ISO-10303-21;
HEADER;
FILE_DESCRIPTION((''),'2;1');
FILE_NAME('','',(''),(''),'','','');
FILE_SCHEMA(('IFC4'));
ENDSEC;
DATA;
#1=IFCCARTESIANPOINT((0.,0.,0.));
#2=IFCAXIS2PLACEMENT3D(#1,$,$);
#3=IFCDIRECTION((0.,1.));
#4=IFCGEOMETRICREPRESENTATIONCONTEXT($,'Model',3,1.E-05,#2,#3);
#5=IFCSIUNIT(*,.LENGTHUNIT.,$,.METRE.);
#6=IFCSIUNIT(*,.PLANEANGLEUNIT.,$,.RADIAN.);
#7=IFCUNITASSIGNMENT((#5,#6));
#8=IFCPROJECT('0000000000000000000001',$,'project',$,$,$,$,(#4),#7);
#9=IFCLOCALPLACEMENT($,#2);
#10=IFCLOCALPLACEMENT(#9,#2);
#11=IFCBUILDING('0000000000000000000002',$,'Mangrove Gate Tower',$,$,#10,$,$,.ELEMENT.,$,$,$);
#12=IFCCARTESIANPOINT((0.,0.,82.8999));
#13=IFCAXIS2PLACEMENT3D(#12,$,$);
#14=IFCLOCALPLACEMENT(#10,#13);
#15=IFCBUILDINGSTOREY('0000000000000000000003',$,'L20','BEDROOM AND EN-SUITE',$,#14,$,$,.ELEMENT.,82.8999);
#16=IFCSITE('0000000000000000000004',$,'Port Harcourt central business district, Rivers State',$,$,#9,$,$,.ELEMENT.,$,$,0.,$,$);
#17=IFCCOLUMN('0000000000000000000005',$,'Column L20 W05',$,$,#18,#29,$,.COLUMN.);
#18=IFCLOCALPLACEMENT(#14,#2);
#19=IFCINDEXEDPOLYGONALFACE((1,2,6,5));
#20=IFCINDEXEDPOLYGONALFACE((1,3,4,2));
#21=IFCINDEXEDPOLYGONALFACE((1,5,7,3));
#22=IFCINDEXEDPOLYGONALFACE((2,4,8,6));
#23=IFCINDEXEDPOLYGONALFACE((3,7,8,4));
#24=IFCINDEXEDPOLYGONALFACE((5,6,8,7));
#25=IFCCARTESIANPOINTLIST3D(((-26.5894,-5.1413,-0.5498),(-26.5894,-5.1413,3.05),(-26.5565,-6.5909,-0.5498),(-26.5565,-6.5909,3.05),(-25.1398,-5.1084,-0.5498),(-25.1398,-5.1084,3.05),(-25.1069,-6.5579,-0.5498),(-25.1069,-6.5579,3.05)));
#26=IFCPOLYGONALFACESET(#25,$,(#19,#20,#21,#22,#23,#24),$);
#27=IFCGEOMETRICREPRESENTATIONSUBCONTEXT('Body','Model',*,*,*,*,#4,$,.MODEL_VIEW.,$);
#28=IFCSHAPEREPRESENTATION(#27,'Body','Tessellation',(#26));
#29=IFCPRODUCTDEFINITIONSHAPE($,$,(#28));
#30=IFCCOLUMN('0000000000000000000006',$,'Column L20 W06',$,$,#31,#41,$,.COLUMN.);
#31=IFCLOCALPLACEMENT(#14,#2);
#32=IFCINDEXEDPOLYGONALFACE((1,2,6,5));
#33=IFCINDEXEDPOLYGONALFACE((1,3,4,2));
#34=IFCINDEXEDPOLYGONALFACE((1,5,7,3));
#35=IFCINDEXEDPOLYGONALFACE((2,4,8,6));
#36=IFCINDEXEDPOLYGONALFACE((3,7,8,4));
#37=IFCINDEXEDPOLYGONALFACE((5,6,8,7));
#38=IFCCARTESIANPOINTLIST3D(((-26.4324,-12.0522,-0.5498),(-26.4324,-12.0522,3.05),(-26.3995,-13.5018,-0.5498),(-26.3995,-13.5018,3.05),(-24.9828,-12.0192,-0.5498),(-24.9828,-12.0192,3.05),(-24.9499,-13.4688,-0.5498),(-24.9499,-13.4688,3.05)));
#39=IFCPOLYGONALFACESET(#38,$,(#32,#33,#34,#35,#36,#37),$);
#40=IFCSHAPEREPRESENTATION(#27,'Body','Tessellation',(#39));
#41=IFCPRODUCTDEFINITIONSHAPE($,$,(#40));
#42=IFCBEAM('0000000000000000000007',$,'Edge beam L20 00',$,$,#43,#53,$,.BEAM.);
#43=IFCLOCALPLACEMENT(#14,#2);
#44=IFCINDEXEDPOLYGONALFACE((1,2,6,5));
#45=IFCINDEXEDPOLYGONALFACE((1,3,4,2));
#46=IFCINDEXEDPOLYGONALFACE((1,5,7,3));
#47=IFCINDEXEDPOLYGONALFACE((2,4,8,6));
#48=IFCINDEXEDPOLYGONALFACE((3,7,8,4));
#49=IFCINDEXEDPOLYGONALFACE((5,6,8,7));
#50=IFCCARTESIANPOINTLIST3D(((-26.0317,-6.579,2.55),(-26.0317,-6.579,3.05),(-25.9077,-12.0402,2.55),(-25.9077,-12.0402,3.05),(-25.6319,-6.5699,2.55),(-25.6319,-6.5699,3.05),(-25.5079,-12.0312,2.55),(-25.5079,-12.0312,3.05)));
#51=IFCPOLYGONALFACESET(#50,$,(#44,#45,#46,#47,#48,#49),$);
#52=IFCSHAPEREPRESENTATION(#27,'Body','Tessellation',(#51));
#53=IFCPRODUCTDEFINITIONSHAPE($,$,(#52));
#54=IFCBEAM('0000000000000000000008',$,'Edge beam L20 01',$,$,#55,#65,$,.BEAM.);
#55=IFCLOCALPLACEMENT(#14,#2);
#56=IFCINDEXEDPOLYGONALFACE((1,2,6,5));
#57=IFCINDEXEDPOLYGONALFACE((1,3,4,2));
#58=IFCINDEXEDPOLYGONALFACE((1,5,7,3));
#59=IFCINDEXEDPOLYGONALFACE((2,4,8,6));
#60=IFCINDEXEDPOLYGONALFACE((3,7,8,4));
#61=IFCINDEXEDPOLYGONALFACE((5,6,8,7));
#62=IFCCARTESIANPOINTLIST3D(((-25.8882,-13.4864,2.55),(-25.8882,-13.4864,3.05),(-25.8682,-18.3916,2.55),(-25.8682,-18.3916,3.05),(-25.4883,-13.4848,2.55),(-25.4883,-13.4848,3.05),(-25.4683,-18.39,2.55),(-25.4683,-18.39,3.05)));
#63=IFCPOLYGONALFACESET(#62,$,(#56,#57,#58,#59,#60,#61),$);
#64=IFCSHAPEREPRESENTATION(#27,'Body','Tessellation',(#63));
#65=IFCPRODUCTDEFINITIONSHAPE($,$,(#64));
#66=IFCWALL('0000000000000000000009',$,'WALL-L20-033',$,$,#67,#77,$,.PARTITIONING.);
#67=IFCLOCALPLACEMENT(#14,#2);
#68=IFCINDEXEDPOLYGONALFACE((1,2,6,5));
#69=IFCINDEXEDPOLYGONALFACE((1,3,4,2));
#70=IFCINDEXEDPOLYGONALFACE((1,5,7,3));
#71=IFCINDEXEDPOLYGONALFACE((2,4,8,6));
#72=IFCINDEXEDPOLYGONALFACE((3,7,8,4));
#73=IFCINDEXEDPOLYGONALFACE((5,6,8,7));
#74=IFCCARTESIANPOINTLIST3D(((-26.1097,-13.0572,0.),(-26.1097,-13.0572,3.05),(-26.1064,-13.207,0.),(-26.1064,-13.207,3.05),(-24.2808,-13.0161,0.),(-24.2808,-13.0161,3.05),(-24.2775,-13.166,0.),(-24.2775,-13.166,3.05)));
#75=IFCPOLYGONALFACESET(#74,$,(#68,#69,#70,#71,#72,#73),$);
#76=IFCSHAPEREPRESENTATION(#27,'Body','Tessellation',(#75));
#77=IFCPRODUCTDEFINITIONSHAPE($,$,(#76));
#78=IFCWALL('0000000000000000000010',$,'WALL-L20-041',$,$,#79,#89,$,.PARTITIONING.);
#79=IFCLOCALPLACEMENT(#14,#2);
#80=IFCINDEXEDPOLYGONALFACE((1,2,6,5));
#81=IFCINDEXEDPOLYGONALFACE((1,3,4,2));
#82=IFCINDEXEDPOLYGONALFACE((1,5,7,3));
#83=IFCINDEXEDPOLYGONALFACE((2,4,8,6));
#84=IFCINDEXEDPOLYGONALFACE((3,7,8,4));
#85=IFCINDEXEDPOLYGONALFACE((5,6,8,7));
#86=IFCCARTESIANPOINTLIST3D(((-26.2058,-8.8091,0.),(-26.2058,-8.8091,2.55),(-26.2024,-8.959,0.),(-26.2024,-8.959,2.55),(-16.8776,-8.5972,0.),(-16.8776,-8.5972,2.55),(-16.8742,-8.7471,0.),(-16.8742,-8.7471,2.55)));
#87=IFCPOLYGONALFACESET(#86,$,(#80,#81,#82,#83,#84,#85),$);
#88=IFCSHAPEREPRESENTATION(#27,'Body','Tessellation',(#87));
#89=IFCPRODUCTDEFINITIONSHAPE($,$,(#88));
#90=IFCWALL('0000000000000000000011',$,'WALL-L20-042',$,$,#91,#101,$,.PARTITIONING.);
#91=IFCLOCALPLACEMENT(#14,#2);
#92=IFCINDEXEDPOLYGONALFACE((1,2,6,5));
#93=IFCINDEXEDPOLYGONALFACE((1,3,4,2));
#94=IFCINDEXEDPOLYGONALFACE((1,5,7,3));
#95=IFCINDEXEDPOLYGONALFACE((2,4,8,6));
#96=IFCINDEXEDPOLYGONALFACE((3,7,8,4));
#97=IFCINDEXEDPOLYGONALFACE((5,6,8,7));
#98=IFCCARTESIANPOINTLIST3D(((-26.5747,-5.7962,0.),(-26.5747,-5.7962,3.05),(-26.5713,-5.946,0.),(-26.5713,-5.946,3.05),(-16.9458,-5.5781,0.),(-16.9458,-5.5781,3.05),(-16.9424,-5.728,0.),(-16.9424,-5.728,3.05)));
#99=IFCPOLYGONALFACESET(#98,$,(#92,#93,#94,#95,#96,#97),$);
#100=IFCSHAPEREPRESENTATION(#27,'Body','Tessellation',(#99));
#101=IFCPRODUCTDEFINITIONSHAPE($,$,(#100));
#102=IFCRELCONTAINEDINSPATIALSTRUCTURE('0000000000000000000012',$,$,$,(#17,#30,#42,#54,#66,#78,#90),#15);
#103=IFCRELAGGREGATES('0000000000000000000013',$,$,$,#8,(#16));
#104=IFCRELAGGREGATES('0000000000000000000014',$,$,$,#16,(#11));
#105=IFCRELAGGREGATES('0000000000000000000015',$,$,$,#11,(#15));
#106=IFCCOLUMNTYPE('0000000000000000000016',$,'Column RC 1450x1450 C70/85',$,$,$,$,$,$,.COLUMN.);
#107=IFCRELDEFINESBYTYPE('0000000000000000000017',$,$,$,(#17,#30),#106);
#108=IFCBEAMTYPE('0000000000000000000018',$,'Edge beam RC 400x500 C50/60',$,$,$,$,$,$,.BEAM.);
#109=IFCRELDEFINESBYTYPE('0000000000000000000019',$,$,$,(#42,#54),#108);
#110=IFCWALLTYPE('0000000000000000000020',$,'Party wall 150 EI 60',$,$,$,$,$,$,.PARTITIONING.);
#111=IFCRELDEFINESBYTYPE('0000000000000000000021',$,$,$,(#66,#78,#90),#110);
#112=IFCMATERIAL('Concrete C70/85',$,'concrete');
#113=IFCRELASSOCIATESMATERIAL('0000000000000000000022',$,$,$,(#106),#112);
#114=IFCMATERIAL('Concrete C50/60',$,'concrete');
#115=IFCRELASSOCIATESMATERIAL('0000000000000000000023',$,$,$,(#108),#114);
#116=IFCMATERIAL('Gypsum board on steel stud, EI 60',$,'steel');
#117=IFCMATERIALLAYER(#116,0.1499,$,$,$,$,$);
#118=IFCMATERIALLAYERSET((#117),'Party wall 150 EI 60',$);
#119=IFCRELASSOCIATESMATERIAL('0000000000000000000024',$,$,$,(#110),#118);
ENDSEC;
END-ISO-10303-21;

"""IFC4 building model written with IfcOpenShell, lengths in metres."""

from ifc_helpers import new_model, si_unit, direction, frame, frame_2d, origin, origin_2d, place, context, subcontext, project, spatial, rectangle, extrude, material, layer, layer_set, material_profile, profile_set, type_object, element, save


model = new_model("IFC4")

# Units and contexts
model_context = context("Model", 3, precision=1e-05, world=origin(), true_north=direction((0.0, 1.0)))
body_context = subcontext(model_context, "Body", "Model", "MODEL_VIEW")
ifc_project = project(units=[si_unit("LENGTHUNIT", "METRE"), si_unit("PLANEANGLEUNIT", "RADIAN")], contexts=[model_context])

# Site, building, storey
site_placement = place(None, origin())
site = spatial("IfcSite", under=ifc_project, at=site_placement, Name="Port Harcourt central business district, Rivers State", CompositionType="ELEMENT", RefElevation=0.0)
building_placement = place(site_placement, origin())
building = spatial("IfcBuilding", under=site, at=building_placement, Name="Mangrove Gate Tower", CompositionType="ELEMENT")
storey_placement = place(building_placement, frame((0.0, 0.0, 82.8999)))
storey = spatial("IfcBuildingStorey", under=building, at=storey_placement, Name="L20", Description="BEDROOM AND EN-SUITE", CompositionType="ELEMENT", Elevation=82.8999)

# Columns
ifc_material_1 = material(Name="Concrete C70/85", Category="concrete")
ifc_material_profile_1 = material_profile(ifc_material_1, rectangle(XDim=1.45, YDim=1.45, at=origin_2d()))
ifc_profile_set_1 = profile_set([ifc_material_profile_1], Name="Concrete C70/85")
column_type = type_object("IfcColumnType", Name="Column RC 1450x1450 C70/85", PredefinedType="COLUMN", material=ifc_profile_set_1)
for number, where, z_axis, x_axis, name in (
    (1, (-25.8481, -5.8496, -0.5498), (0.0, 0.0, 1.0), (0.022697, -0.999742, 0.0), "Column L20 W05"),
    (2, (-25.6912, -12.7605, -0.5498), (0.0, 0.0, 1.0), (0.022712, -0.999742, 0.0), "Column L20 W06"),
):
    element("IfcColumn", number, at=place(storey_placement, frame(where, z_axis=z_axis, x_axis=x_axis)), inside=storey, type_object=column_type, Name=name, PredefinedType="COLUMN", context=body_context, shape_type="SweptSolid", body=[
        extrude(rectangle(XDim=1.45, YDim=1.45, at=origin_2d()), origin(), (0.0, 0.0, 1.0), 3.5999),
    ])

# Beams
ifc_material_2 = material(Name="Concrete C50/60", Category="concrete")
ifc_material_profile_2 = material_profile(ifc_material_2, rectangle(XDim=0.3999, YDim=0.5, at=origin_2d()))
ifc_profile_set_2 = profile_set([ifc_material_profile_2], Name="Concrete C50/60")
beam_type = type_object("IfcBeamType", Name="Edge beam RC 400x500 C50/60", PredefinedType="BEAM", material=ifc_profile_set_2)
beam_1_placement = place(storey_placement, frame((-25.8318, -6.5745, 2.8), z_axis=(0.022704, -0.999742, 0.0), x_axis=(0.999742, 0.022704, 0.0)))
element("IfcBeam", 3, at=beam_1_placement, inside=storey, type_object=beam_type, Name="Edge beam L20 00", PredefinedType="BEAM", context=body_context, shape_type="SweptSolid", body=[
    extrude(rectangle(XDim=0.3999, YDim=0.5, at=origin_2d()), origin(), (0.0, 0.0, 1.0), 5.4626),
])
beam_2_placement = place(storey_placement, frame((-25.6882, -13.4856, 2.8), z_axis=(0.004081, -0.999992, 0.0), x_axis=(0.999992, 0.004081, 0.0)))
element("IfcBeam", 4, at=beam_2_placement, inside=storey, type_object=beam_type, Name="Edge beam L20 01", PredefinedType="BEAM", context=body_context, shape_type="SweptSolid", body=[
    extrude(rectangle(XDim=0.3999, YDim=0.5, at=origin_2d()), origin(), (0.0, 0.0, 1.0), 4.9053),
])

# Walls
ifc_material_3 = material(Name="Gypsum board on steel stud, EI 60", Category="steel")
ifc_layer_1 = layer(ifc_material_3, 0.1499)
ifc_layer_set_1 = layer_set([ifc_layer_1], Name="Party wall 150 EI 60")
wall_type_1 = type_object("IfcWallType", Name="Party wall 150 EI 60", PredefinedType="PARTITIONING", material=ifc_layer_set_1)
wall_1_placement = place(storey_placement, frame((-26.1079, -13.1321, 0.0), z_axis=(0.0, 0.0, 1.0), x_axis=(0.999749, 0.022421, 0.0)))
element("IfcWall", 5, at=wall_1_placement, inside=storey, type_object=wall_type_1, Name="WALL-L20-033", PredefinedType="PARTITIONING", context=body_context, shape_type="SweptSolid", body=[
    extrude(rectangle(XDim=1.8293, YDim=0.1499, at=frame_2d((0.9146, 0.0))), origin(), (0.0, 0.0, 1.0), 3.05),
])
wall_2_placement = place(storey_placement, frame((-26.2041, -8.884, 0.0), z_axis=(0.0, 0.0, 1.0), x_axis=(0.999742, 0.022712, 0.0)))
element("IfcWall", 6, at=wall_2_placement, inside=storey, type_object=wall_type_1, Name="WALL-L20-041", PredefinedType="PARTITIONING", context=body_context, shape_type="SweptSolid", body=[
    extrude(rectangle(XDim=9.3306, YDim=0.1499, at=frame_2d((4.6653, 0.0))), origin(), (0.0, 0.0, 1.0), 2.55),
])
wall_3_placement = place(storey_placement, frame((-26.573, -5.8711, 0.0), z_axis=(0.0, 0.0, 1.0), x_axis=(0.999744, 0.022636, 0.0)))
element("IfcWall", 7, at=wall_3_placement, inside=storey, type_object=wall_type_1, Name="WALL-L20-042", PredefinedType="PARTITIONING", context=body_context, shape_type="SweptSolid", body=[
    extrude(rectangle(XDim=9.6313, YDim=0.1499, at=frame_2d((4.8157, 0.0))), origin(), (0.0, 0.0, 1.0), 3.05),
])

save(model, "model.ifc")
